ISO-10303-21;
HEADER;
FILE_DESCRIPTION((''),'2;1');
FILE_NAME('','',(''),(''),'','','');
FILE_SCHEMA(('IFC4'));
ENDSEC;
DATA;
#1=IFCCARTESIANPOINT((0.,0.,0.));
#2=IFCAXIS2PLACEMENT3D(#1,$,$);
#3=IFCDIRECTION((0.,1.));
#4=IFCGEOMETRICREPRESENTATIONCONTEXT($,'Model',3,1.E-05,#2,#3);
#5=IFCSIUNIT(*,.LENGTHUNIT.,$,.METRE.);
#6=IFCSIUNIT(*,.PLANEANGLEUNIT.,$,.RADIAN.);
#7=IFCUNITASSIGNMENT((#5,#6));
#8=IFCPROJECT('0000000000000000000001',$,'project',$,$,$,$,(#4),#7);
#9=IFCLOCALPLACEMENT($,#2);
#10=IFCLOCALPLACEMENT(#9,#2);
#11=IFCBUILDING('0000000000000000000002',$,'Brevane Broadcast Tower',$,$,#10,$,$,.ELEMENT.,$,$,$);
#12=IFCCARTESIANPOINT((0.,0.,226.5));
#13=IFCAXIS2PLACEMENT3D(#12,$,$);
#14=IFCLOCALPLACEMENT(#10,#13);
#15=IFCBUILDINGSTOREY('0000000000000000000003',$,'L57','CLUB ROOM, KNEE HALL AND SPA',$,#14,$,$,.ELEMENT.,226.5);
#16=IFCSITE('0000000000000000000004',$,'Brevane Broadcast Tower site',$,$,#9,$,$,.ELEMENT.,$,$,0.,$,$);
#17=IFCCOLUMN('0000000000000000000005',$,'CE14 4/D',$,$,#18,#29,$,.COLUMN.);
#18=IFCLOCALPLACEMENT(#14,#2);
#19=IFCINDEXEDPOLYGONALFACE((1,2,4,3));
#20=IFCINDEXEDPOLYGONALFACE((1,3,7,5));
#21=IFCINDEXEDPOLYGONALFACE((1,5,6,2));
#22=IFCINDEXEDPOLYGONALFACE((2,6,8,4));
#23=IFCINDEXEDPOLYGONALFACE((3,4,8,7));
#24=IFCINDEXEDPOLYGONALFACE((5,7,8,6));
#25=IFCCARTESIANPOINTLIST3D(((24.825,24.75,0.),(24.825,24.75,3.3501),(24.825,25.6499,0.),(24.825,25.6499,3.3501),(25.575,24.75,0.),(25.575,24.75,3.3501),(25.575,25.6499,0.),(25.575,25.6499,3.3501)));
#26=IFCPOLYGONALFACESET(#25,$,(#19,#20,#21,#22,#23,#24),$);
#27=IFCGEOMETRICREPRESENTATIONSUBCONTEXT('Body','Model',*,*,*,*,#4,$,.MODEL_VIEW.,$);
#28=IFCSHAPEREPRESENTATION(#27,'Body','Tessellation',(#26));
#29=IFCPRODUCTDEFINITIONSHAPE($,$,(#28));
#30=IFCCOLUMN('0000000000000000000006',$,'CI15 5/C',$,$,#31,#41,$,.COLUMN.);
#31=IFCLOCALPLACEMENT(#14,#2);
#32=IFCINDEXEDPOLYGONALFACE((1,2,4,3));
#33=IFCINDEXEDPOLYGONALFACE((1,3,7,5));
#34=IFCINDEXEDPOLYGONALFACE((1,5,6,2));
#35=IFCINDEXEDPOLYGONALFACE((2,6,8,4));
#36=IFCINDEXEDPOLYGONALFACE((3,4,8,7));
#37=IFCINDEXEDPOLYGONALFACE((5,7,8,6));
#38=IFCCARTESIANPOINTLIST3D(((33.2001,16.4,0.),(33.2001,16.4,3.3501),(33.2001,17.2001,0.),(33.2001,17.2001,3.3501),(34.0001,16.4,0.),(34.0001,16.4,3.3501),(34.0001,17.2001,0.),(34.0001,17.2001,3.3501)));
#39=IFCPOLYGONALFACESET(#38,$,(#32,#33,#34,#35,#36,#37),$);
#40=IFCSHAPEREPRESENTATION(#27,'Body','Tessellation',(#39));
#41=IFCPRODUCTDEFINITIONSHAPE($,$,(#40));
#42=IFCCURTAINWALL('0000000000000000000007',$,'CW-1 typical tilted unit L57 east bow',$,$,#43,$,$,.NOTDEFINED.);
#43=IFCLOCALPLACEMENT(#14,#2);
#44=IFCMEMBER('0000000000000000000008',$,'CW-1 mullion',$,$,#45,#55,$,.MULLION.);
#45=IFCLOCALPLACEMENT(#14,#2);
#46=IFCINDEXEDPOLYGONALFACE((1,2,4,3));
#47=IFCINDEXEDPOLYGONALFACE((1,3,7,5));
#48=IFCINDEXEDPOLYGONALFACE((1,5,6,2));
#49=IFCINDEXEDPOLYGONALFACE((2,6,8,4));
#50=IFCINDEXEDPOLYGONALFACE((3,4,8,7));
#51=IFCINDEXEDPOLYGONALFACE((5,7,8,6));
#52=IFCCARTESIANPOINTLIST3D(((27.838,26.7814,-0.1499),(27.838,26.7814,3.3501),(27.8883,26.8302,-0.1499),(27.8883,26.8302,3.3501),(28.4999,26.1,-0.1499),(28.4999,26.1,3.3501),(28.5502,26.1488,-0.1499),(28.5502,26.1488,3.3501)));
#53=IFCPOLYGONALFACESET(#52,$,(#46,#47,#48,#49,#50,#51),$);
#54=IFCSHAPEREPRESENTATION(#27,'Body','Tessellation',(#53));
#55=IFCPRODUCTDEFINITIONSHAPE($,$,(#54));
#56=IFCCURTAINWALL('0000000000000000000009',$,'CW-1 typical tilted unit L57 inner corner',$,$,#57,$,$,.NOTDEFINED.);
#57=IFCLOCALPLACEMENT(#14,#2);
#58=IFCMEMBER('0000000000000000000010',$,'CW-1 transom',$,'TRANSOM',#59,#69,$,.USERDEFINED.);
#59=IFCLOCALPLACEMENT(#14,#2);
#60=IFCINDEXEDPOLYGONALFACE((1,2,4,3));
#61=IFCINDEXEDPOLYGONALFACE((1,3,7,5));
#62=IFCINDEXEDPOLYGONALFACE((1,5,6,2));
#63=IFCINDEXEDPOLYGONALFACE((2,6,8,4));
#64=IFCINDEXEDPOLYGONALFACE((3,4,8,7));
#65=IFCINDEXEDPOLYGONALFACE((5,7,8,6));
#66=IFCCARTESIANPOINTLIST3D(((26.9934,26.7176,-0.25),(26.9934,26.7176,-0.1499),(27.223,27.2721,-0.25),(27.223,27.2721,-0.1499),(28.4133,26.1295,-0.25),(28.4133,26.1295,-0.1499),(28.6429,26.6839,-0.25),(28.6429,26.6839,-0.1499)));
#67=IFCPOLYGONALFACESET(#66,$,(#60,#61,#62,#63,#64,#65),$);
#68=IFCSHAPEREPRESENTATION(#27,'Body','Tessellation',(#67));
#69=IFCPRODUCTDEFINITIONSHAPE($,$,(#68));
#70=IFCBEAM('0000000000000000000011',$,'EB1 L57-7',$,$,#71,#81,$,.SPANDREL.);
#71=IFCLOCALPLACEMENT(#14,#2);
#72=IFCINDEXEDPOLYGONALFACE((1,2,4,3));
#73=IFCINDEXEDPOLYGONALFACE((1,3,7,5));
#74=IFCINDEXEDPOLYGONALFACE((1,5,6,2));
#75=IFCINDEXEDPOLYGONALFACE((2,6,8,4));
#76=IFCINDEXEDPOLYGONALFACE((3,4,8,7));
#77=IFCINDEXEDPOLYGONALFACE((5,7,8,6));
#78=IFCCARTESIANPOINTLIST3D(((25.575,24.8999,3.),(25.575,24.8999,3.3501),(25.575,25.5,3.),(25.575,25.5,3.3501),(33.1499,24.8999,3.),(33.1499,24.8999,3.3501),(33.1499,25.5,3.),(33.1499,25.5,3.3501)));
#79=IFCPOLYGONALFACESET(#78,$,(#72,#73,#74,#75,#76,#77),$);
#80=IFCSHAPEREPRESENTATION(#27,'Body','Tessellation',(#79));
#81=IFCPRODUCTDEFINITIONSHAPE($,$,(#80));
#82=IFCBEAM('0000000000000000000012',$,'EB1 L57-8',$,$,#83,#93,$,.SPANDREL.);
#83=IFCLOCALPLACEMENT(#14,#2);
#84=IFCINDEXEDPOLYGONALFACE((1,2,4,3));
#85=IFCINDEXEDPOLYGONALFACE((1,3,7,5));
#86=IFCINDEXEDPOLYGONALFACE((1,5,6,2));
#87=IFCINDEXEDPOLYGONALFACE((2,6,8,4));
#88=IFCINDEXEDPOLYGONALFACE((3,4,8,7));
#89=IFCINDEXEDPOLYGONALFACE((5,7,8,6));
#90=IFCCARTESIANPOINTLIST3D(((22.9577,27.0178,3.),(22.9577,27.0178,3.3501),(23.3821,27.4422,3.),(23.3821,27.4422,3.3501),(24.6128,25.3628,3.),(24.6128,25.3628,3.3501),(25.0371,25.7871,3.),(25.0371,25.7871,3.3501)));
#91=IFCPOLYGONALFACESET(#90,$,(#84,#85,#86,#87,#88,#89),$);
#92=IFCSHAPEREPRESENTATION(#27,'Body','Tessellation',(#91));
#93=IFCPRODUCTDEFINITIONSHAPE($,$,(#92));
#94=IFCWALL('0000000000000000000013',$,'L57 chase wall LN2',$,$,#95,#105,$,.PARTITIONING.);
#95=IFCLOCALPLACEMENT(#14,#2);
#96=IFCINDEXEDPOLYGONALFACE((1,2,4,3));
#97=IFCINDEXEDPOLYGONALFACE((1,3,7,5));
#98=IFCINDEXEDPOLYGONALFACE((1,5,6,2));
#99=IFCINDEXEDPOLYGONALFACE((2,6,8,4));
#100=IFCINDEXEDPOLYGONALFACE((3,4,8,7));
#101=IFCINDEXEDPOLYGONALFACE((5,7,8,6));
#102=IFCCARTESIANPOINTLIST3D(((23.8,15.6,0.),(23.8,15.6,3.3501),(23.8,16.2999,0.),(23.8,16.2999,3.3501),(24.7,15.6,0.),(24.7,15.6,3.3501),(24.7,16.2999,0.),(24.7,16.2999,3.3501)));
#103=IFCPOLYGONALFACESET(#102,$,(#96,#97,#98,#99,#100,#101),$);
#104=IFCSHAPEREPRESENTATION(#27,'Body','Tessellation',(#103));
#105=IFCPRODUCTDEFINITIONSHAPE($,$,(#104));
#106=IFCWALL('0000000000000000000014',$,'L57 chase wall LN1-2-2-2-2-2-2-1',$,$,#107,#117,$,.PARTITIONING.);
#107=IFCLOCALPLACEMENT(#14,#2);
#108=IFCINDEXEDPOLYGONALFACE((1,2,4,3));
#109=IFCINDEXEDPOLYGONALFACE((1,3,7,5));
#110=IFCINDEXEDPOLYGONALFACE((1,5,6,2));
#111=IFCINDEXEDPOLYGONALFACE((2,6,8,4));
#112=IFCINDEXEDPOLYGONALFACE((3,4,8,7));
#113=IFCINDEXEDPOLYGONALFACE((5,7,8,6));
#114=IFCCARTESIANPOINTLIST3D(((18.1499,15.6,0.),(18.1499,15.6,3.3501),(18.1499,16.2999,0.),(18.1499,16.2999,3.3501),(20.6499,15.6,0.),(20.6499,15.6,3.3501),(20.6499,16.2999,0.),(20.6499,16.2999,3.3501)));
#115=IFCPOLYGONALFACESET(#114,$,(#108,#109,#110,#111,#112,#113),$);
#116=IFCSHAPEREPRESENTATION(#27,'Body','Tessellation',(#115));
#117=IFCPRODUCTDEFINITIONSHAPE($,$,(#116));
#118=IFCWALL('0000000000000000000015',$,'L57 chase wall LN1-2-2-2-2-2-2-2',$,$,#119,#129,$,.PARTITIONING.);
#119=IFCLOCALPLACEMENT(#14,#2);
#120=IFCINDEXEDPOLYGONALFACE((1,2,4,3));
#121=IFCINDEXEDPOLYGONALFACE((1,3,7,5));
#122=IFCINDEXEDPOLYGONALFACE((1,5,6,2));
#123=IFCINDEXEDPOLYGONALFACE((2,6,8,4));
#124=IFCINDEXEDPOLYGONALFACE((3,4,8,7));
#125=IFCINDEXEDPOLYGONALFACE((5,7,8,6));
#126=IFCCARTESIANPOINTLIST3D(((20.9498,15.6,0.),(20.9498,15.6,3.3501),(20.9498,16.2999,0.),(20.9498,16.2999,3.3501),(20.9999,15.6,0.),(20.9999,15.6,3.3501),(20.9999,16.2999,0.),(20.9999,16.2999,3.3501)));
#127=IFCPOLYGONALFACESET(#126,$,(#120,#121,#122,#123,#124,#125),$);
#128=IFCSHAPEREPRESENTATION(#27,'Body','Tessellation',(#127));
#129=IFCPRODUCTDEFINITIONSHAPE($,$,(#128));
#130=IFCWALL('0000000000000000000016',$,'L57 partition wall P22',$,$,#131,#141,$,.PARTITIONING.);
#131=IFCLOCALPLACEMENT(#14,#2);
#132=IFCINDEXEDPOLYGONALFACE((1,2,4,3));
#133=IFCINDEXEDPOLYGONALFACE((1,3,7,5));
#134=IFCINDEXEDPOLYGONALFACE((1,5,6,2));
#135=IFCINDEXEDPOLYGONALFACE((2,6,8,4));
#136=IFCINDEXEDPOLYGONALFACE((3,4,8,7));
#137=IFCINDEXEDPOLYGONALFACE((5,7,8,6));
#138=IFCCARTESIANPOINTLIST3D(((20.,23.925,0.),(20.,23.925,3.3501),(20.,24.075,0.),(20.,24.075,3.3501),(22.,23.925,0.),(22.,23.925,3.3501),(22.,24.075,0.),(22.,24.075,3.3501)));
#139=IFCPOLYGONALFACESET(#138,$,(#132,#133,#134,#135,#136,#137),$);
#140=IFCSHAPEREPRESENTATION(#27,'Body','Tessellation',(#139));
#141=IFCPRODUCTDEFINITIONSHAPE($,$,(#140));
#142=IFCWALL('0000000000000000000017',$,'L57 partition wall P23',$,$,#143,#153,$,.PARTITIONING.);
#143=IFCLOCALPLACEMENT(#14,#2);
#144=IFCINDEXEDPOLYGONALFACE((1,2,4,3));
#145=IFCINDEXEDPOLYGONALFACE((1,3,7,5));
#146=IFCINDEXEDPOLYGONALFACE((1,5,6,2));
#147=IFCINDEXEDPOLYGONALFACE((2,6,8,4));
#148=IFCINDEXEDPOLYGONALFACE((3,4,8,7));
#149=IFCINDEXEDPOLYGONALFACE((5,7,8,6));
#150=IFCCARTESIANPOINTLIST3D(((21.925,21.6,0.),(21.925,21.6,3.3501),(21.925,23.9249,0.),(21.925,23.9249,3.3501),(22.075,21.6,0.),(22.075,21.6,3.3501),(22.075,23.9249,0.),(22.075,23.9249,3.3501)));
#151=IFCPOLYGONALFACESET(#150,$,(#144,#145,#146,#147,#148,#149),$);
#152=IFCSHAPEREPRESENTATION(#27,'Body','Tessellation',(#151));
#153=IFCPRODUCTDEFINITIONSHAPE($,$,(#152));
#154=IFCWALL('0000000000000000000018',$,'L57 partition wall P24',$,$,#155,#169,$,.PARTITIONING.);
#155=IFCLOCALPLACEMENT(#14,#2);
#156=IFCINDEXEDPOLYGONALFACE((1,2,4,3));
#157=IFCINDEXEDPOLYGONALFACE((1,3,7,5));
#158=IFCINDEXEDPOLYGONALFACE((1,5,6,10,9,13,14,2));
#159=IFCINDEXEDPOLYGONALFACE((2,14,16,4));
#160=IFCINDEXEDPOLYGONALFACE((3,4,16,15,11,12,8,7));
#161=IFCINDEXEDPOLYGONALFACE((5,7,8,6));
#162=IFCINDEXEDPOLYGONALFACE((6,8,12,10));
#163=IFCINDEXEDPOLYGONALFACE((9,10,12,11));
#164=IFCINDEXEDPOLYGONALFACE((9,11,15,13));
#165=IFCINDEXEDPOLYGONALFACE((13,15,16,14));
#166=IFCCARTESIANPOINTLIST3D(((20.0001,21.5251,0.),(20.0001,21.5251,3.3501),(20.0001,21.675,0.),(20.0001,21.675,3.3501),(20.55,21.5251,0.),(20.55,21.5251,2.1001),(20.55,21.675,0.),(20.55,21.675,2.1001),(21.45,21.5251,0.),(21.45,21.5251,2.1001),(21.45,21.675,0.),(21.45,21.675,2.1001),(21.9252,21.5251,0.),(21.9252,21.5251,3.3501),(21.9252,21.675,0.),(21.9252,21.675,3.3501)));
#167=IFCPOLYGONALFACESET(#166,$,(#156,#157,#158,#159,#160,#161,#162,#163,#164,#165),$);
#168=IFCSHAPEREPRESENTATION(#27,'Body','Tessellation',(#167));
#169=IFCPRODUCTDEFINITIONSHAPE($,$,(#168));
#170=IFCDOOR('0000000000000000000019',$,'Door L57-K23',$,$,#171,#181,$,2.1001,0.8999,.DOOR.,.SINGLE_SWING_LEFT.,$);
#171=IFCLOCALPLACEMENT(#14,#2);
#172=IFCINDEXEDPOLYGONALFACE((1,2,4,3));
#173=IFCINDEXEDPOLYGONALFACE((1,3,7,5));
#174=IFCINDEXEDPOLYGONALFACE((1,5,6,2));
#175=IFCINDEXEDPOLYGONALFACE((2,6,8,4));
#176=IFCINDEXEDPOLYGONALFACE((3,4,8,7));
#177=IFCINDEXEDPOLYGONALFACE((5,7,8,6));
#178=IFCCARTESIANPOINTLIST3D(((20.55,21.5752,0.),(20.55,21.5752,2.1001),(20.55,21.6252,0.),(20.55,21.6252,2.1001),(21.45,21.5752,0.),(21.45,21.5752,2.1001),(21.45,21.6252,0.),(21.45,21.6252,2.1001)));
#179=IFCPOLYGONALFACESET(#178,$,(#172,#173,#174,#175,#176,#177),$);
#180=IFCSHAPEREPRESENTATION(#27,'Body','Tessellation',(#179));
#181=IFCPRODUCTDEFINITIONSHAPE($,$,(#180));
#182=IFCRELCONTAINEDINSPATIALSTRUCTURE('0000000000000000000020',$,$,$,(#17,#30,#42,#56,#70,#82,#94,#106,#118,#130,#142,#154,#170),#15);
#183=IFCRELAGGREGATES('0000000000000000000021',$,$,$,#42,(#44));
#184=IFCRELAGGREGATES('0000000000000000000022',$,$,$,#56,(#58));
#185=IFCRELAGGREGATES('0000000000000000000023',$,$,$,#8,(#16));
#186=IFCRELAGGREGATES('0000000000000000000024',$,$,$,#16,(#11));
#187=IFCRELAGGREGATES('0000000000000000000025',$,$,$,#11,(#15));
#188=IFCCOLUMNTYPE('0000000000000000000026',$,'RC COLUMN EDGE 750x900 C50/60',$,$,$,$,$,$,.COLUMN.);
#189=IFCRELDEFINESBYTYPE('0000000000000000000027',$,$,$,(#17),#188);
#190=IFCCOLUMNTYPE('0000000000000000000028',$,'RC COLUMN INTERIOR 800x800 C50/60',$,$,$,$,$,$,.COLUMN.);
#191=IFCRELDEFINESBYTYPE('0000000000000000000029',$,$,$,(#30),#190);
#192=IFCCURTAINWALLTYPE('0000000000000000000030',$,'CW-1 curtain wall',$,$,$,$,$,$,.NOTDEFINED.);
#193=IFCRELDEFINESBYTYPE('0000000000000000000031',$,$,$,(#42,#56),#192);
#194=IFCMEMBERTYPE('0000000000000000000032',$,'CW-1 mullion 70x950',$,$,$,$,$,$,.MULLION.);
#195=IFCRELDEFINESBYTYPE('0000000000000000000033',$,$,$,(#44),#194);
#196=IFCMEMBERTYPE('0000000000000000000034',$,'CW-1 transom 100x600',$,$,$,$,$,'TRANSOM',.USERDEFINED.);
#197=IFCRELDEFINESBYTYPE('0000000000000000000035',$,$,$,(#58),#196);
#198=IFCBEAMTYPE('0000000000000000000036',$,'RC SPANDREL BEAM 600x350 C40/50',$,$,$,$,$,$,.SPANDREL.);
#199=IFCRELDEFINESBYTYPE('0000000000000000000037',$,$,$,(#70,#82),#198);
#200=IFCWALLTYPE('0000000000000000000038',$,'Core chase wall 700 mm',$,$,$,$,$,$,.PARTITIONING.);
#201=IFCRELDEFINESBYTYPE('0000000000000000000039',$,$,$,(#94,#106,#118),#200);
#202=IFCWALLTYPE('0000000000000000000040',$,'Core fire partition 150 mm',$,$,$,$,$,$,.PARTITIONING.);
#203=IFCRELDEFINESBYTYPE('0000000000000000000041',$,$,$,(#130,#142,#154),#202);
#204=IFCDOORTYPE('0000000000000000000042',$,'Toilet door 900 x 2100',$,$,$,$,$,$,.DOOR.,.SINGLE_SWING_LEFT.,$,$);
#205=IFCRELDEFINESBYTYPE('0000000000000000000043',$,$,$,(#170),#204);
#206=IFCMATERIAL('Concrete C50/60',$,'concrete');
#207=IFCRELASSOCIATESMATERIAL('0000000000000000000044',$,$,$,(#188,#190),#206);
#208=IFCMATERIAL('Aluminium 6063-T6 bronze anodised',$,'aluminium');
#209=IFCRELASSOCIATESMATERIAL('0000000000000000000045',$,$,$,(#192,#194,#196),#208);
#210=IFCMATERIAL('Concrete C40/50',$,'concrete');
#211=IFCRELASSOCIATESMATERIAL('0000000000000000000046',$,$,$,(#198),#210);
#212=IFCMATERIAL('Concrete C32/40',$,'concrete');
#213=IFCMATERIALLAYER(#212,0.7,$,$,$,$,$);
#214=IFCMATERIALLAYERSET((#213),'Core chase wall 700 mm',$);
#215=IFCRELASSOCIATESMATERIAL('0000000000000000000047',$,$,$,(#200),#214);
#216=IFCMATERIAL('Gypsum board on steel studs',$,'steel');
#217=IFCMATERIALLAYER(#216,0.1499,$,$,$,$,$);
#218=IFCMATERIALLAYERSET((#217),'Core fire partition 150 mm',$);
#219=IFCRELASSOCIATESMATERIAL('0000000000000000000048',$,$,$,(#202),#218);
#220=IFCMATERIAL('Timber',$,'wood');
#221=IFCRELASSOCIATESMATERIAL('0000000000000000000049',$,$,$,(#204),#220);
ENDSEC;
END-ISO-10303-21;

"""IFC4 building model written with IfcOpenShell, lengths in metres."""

from ifc_helpers import new_model, si_unit, direction, frame, frame_2d, origin, origin_2d, place, context, subcontext, project, spatial, rectangle, extrude, material, layer, layer_set, material_profile, profile_set, type_object, element, fill, aggregate, save


model = new_model("IFC4")

# Units and contexts
model_context = context("Model", 3, precision=1e-05, world=origin(), true_north=direction((0.0, 1.0)))
body_context = subcontext(model_context, "Body", "Model", "MODEL_VIEW")
ifc_project = project(units=[si_unit("LENGTHUNIT", "METRE"), si_unit("PLANEANGLEUNIT", "RADIAN")], contexts=[model_context])

# Site, building, storey
site_placement = place(None, origin())
site = spatial("IfcSite", under=ifc_project, at=site_placement, Name="Brevane Broadcast Tower site", CompositionType="ELEMENT", RefElevation=0.0)
building_placement = place(site_placement, origin())
building = spatial("IfcBuilding", under=site, at=building_placement, Name="Brevane Broadcast Tower", CompositionType="ELEMENT")
storey_placement = place(building_placement, frame((0.0, 0.0, 226.5)))
storey = spatial("IfcBuildingStorey", under=building, at=storey_placement, Name="L57", Description="CLUB ROOM, KNEE HALL AND SPA", CompositionType="ELEMENT", Elevation=226.5)

# Columns
ifc_material_1 = material(Name="Concrete C50/60", Category="concrete")
ifc_material_profile_1 = material_profile(ifc_material_1, rectangle(XDim=0.75, YDim=0.8999, at=origin_2d()), Name="RC 750x900")
ifc_profile_set_1 = profile_set([ifc_material_profile_1], Name="Concrete C50/60")
column_type_1 = type_object("IfcColumnType", Name="RC COLUMN EDGE 750x900 C50/60", PredefinedType="COLUMN", material=ifc_profile_set_1)
column_1_placement = place(storey_placement, frame((25.2, 25.2, 0.0), z_axis=(0.0, 0.0, 1.0), x_axis=(1.0, 0.0, 0.0)))
element("IfcColumn", 1, at=column_1_placement, inside=storey, type_object=column_type_1, Name="CE14 4/D", PredefinedType="COLUMN", context=body_context, shape_type="SweptSolid", body=[
    extrude(rectangle(XDim=0.75, YDim=0.8999, at=origin_2d()), origin(), (0.0, 0.0, 1.0), 3.3501),
])
ifc_material_profile_2 = material_profile(ifc_material_1, rectangle(XDim=0.8, YDim=0.8, at=origin_2d()), Name="RC 800x800")
ifc_profile_set_2 = profile_set([ifc_material_profile_2], Name="Concrete C50/60")
column_type_2 = type_object("IfcColumnType", Name="RC COLUMN INTERIOR 800x800 C50/60", PredefinedType="COLUMN", material=ifc_profile_set_2)
column_2_placement = place(storey_placement, frame((33.6001, 16.8, 0.0), z_axis=(0.0, 0.0, 1.0), x_axis=(1.0, 0.0, 0.0)))
element("IfcColumn", 2, at=column_2_placement, inside=storey, type_object=column_type_2, Name="CI15 5/C", PredefinedType="COLUMN", context=body_context, shape_type="SweptSolid", body=[
    extrude(rectangle(XDim=0.8, YDim=0.8, at=origin_2d()), origin(), (0.0, 0.0, 1.0), 3.3501),
])

# Curtain walls, members
ifc_material_2 = material(Name="Aluminium 6063-T6 bronze anodised", Category="aluminium")
curtain_wall_type = type_object("IfcCurtainWallType", Name="CW-1 curtain wall", PredefinedType="NOTDEFINED", material=ifc_material_2)
curtain_wall_1_placement = place(storey_placement, origin())
curtain_wall_1 = element("IfcCurtainWall", 3, at=curtain_wall_1_placement, inside=storey, type_object=curtain_wall_type, Name="CW-1 typical tilted unit L57 east bow", PredefinedType="NOTDEFINED")
ifc_material_profile_3 = material_profile(ifc_material_2, rectangle(XDim=0.95, YDim=0.0701, at=origin_2d()), Name="RECT 70x950")
ifc_profile_set_3 = profile_set([ifc_material_profile_3], Name="Aluminium 6063-T6 bronze anodised")
member_type_1 = type_object("IfcMemberType", Name="CW-1 mullion 70x950", PredefinedType="MULLION", material=ifc_profile_set_3)
member_1_placement = place(storey_placement, frame((28.1941, 26.4651, -0.1499), z_axis=(0.0, 0.0, 1.0), x_axis=(0.696812, -0.717254, 0.0)))
member_1 = element("IfcMember", 4, at=member_1_placement, type_object=member_type_1, Name="CW-1 mullion", PredefinedType="MULLION", context=body_context, shape_type="SweptSolid", body=[
    extrude(rectangle(XDim=0.95, YDim=0.0701, at=origin_2d()), origin(), (0.0, 0.0, 1.0), 3.5),
])
aggregate(curtain_wall_1, [member_1])
curtain_wall_2_placement = place(storey_placement, origin())
curtain_wall_2 = element("IfcCurtainWall", 5, at=curtain_wall_2_placement, inside=storey, type_object=curtain_wall_type, Name="CW-1 typical tilted unit L57 inner corner", PredefinedType="NOTDEFINED")
ifc_material_profile_4 = material_profile(ifc_material_2, rectangle(XDim=0.6001, YDim=0.1001, at=origin_2d()), Name="RECT 100x600")
ifc_profile_set_4 = profile_set([ifc_material_profile_4], Name="Aluminium 6063-T6 bronze anodised")
member_type_2 = type_object("IfcMemberType", Name="CW-1 transom 100x600", ElementType="TRANSOM", PredefinedType="USERDEFINED", material=ifc_profile_set_4)
member_2_placement = place(storey_placement, frame((28.5281, 26.4067, -0.2), z_axis=(-0.923883, 0.382674, 0.0), x_axis=(-0.382674, -0.923883, 0.0)))
member_2 = element("IfcMember", 6, at=member_2_placement, type_object=member_type_2, Name="CW-1 transom", ObjectType="TRANSOM", PredefinedType="USERDEFINED", context=body_context, shape_type="SweptSolid", body=[
    extrude(rectangle(XDim=0.6001, YDim=0.1001, at=origin_2d()), origin(), (0.0, 0.0, 1.0), 1.5369),
])
aggregate(curtain_wall_2, [member_2])

# Beams
ifc_material_3 = material(Name="Concrete C40/50", Category="concrete")
ifc_material_profile_5 = material_profile(ifc_material_3, rectangle(XDim=0.6001, YDim=0.3501, at=origin_2d()), Name="RC 600x350")
ifc_profile_set_5 = profile_set([ifc_material_profile_5], Name="Concrete C40/50")
beam_type = type_object("IfcBeamType", Name="RC SPANDREL BEAM 600x350 C40/50", PredefinedType="SPANDREL", material=ifc_profile_set_5)
beam_1_placement = place(storey_placement, frame((33.1499, 25.2, 3.175), z_axis=(-1.0, 0.0, 0.0), x_axis=(0.0, -1.0, 0.0)))
element("IfcBeam", 7, at=beam_1_placement, inside=storey, type_object=beam_type, Name="EB1 L57-7", PredefinedType="SPANDREL", context=body_context, shape_type="SweptSolid", body=[
    extrude(rectangle(XDim=0.6001, YDim=0.3501, at=origin_2d()), origin(), (0.0, 0.0, 1.0), 7.575),
])
beam_2_placement = place(storey_placement, frame((24.825, 25.575, 3.175), z_axis=(-0.707107, 0.707107, 0.0), x_axis=(-0.707107, -0.707107, 0.0)))
element("IfcBeam", 8, at=beam_2_placement, inside=storey, type_object=beam_type, Name="EB1 L57-8", PredefinedType="SPANDREL", context=body_context, shape_type="SweptSolid", body=[
    extrude(rectangle(XDim=0.6001, YDim=0.3501, at=origin_2d()), origin(), (0.0, 0.0, 1.0), 2.3406),
])

# Walls
ifc_material_4 = material(Name="Concrete C32/40", Category="concrete")
ifc_layer_1 = layer(ifc_material_4, 0.7)
ifc_layer_set_1 = layer_set([ifc_layer_1], Name="Core chase wall 700 mm")
wall_type_1 = type_object("IfcWallType", Name="Core chase wall 700 mm", PredefinedType="PARTITIONING", material=ifc_layer_set_1)
wall_1_placement = place(storey_placement, frame((23.8, 15.95, 0.0), z_axis=(0.0, 0.0, 1.0), x_axis=(1.0, 0.0, 0.0)))
element("IfcWall", 9, at=wall_1_placement, inside=storey, type_object=wall_type_1, Name="L57 chase wall LN2", PredefinedType="PARTITIONING", context=body_context, shape_type="SweptSolid", body=[
    extrude(rectangle(XDim=0.8999, YDim=0.7, at=frame_2d((0.45, 0.0))), origin(), (0.0, 0.0, 1.0), 3.3501),
])
wall_2_placement = place(storey_placement, frame((18.1499, 15.95, 0.0), z_axis=(0.0, 0.0, 1.0), x_axis=(1.0, 0.0, 0.0)))
element("IfcWall", 10, at=wall_2_placement, inside=storey, type_object=wall_type_1, Name="L57 chase wall LN1-2-2-2-2-2-2-1", PredefinedType="PARTITIONING", context=body_context, shape_type="SweptSolid", body=[
    extrude(rectangle(XDim=2.5, YDim=0.7, at=frame_2d((1.25, 0.0))), origin(), (0.0, 0.0, 1.0), 3.3501),
])
wall_3_placement = place(storey_placement, frame((20.95, 15.95, 0.0), z_axis=(0.0, 0.0, 1.0), x_axis=(1.0, 0.0, 0.0)))
element("IfcWall", 11, at=wall_3_placement, inside=storey, type_object=wall_type_1, Name="L57 chase wall LN1-2-2-2-2-2-2-2", PredefinedType="PARTITIONING", context=body_context, shape_type="SweptSolid", body=[
    extrude(rectangle(XDim=0.05, YDim=0.7, at=frame_2d((0.0249, 0.0))), origin(), (0.0, 0.0, 1.0), 3.3501),
])
ifc_material_5 = material(Name="Gypsum board on steel studs", Category="steel")
ifc_layer_2 = layer(ifc_material_5, 0.1499)
ifc_layer_set_2 = layer_set([ifc_layer_2], Name="Core fire partition 150 mm")
wall_type_2 = type_object("IfcWallType", Name="Core fire partition 150 mm", PredefinedType="PARTITIONING", material=ifc_layer_set_2)
wall_4_placement = place(storey_placement, frame((20.0, 24.0, 0.0), z_axis=(0.0, 0.0, 1.0), x_axis=(1.0, 0.0, 0.0)))
element("IfcWall", 12, at=wall_4_placement, inside=storey, type_object=wall_type_2, Name="L57 partition wall P22", PredefinedType="PARTITIONING", context=body_context, shape_type="SweptSolid", body=[
    extrude(rectangle(XDim=2.0, YDim=0.1499, at=frame_2d((1.0, 0.0))), origin(), (0.0, 0.0, 1.0), 3.3501),
])
wall_5_placement = place(storey_placement, frame((22.0, 23.925, 0.0), z_axis=(0.0, 0.0, 1.0), x_axis=(0.0, -1.0, 0.0)))
element("IfcWall", 13, at=wall_5_placement, inside=storey, type_object=wall_type_2, Name="L57 partition wall P23", PredefinedType="PARTITIONING", context=body_context, shape_type="SweptSolid", body=[
    extrude(rectangle(XDim=2.325, YDim=0.1499, at=frame_2d((1.1626, 0.0))), origin(), (0.0, 0.0, 1.0), 3.3501),
])

# Wall, opening, door
wall_6_placement = place(storey_placement, frame((21.925, 21.6001, 0.0), z_axis=(0.0, 0.0, 1.0), x_axis=(-1.0, 0.0, 0.0)))
wall_6 = element("IfcWall", 14, at=wall_6_placement, inside=storey, type_object=wall_type_2, Name="L57 partition wall P24", PredefinedType="PARTITIONING", context=body_context, shape_type="SweptSolid", body=[
    extrude(rectangle(XDim=1.925, YDim=0.1499, at=frame_2d((0.9624, 0.0))), origin(), (0.0, 0.0, 1.0), 3.3501),
])
opening_1_placement = place(wall_6_placement, frame((0.4751, 0.0, 0.0)))
opening_1 = element("IfcOpeningElement", 15, at=opening_1_placement, cuts=wall_6, PredefinedType="OPENING", context=body_context, shape_type="SweptSolid", body=[
    extrude(rectangle(XDim=0.8999, YDim=2.1001, at=frame_2d((0.45, 1.05))), frame((0.0, 0.085, 0.0), z_axis=(0.0, -1.0, 0.0), x_axis=(1.0, 0.0, 0.0)), (0.0, 0.0, 1.0), 0.1699),
])
ifc_material_6 = material(Name="Timber", Category="wood")
door_type_1 = type_object("IfcDoorType", Name="Toilet door 900 x 2100", OperationType="SINGLE_SWING_LEFT", PredefinedType="DOOR", material=ifc_material_6)
door_1_placement = place(opening_1_placement, origin())
door_1 = element("IfcDoor", 16, at=door_1_placement, inside=storey, type_object=door_type_1, Name="Door L57-K23", OperationType="SINGLE_SWING_LEFT", OverallHeight=2.1001, OverallWidth=0.8999, PredefinedType="DOOR", context=body_context, shape_type="SweptSolid", body=[
    extrude(rectangle(XDim=0.8999, YDim=2.1001, at=frame_2d((0.45, 1.05))), frame((0.0, 0.0249, 0.0), z_axis=(0.0, -1.0, 0.0), x_axis=(1.0, 0.0, 0.0)), (0.0, 0.0, 1.0), 0.05),
])
fill(opening_1, door_1)

save(model, "model.ifc")
